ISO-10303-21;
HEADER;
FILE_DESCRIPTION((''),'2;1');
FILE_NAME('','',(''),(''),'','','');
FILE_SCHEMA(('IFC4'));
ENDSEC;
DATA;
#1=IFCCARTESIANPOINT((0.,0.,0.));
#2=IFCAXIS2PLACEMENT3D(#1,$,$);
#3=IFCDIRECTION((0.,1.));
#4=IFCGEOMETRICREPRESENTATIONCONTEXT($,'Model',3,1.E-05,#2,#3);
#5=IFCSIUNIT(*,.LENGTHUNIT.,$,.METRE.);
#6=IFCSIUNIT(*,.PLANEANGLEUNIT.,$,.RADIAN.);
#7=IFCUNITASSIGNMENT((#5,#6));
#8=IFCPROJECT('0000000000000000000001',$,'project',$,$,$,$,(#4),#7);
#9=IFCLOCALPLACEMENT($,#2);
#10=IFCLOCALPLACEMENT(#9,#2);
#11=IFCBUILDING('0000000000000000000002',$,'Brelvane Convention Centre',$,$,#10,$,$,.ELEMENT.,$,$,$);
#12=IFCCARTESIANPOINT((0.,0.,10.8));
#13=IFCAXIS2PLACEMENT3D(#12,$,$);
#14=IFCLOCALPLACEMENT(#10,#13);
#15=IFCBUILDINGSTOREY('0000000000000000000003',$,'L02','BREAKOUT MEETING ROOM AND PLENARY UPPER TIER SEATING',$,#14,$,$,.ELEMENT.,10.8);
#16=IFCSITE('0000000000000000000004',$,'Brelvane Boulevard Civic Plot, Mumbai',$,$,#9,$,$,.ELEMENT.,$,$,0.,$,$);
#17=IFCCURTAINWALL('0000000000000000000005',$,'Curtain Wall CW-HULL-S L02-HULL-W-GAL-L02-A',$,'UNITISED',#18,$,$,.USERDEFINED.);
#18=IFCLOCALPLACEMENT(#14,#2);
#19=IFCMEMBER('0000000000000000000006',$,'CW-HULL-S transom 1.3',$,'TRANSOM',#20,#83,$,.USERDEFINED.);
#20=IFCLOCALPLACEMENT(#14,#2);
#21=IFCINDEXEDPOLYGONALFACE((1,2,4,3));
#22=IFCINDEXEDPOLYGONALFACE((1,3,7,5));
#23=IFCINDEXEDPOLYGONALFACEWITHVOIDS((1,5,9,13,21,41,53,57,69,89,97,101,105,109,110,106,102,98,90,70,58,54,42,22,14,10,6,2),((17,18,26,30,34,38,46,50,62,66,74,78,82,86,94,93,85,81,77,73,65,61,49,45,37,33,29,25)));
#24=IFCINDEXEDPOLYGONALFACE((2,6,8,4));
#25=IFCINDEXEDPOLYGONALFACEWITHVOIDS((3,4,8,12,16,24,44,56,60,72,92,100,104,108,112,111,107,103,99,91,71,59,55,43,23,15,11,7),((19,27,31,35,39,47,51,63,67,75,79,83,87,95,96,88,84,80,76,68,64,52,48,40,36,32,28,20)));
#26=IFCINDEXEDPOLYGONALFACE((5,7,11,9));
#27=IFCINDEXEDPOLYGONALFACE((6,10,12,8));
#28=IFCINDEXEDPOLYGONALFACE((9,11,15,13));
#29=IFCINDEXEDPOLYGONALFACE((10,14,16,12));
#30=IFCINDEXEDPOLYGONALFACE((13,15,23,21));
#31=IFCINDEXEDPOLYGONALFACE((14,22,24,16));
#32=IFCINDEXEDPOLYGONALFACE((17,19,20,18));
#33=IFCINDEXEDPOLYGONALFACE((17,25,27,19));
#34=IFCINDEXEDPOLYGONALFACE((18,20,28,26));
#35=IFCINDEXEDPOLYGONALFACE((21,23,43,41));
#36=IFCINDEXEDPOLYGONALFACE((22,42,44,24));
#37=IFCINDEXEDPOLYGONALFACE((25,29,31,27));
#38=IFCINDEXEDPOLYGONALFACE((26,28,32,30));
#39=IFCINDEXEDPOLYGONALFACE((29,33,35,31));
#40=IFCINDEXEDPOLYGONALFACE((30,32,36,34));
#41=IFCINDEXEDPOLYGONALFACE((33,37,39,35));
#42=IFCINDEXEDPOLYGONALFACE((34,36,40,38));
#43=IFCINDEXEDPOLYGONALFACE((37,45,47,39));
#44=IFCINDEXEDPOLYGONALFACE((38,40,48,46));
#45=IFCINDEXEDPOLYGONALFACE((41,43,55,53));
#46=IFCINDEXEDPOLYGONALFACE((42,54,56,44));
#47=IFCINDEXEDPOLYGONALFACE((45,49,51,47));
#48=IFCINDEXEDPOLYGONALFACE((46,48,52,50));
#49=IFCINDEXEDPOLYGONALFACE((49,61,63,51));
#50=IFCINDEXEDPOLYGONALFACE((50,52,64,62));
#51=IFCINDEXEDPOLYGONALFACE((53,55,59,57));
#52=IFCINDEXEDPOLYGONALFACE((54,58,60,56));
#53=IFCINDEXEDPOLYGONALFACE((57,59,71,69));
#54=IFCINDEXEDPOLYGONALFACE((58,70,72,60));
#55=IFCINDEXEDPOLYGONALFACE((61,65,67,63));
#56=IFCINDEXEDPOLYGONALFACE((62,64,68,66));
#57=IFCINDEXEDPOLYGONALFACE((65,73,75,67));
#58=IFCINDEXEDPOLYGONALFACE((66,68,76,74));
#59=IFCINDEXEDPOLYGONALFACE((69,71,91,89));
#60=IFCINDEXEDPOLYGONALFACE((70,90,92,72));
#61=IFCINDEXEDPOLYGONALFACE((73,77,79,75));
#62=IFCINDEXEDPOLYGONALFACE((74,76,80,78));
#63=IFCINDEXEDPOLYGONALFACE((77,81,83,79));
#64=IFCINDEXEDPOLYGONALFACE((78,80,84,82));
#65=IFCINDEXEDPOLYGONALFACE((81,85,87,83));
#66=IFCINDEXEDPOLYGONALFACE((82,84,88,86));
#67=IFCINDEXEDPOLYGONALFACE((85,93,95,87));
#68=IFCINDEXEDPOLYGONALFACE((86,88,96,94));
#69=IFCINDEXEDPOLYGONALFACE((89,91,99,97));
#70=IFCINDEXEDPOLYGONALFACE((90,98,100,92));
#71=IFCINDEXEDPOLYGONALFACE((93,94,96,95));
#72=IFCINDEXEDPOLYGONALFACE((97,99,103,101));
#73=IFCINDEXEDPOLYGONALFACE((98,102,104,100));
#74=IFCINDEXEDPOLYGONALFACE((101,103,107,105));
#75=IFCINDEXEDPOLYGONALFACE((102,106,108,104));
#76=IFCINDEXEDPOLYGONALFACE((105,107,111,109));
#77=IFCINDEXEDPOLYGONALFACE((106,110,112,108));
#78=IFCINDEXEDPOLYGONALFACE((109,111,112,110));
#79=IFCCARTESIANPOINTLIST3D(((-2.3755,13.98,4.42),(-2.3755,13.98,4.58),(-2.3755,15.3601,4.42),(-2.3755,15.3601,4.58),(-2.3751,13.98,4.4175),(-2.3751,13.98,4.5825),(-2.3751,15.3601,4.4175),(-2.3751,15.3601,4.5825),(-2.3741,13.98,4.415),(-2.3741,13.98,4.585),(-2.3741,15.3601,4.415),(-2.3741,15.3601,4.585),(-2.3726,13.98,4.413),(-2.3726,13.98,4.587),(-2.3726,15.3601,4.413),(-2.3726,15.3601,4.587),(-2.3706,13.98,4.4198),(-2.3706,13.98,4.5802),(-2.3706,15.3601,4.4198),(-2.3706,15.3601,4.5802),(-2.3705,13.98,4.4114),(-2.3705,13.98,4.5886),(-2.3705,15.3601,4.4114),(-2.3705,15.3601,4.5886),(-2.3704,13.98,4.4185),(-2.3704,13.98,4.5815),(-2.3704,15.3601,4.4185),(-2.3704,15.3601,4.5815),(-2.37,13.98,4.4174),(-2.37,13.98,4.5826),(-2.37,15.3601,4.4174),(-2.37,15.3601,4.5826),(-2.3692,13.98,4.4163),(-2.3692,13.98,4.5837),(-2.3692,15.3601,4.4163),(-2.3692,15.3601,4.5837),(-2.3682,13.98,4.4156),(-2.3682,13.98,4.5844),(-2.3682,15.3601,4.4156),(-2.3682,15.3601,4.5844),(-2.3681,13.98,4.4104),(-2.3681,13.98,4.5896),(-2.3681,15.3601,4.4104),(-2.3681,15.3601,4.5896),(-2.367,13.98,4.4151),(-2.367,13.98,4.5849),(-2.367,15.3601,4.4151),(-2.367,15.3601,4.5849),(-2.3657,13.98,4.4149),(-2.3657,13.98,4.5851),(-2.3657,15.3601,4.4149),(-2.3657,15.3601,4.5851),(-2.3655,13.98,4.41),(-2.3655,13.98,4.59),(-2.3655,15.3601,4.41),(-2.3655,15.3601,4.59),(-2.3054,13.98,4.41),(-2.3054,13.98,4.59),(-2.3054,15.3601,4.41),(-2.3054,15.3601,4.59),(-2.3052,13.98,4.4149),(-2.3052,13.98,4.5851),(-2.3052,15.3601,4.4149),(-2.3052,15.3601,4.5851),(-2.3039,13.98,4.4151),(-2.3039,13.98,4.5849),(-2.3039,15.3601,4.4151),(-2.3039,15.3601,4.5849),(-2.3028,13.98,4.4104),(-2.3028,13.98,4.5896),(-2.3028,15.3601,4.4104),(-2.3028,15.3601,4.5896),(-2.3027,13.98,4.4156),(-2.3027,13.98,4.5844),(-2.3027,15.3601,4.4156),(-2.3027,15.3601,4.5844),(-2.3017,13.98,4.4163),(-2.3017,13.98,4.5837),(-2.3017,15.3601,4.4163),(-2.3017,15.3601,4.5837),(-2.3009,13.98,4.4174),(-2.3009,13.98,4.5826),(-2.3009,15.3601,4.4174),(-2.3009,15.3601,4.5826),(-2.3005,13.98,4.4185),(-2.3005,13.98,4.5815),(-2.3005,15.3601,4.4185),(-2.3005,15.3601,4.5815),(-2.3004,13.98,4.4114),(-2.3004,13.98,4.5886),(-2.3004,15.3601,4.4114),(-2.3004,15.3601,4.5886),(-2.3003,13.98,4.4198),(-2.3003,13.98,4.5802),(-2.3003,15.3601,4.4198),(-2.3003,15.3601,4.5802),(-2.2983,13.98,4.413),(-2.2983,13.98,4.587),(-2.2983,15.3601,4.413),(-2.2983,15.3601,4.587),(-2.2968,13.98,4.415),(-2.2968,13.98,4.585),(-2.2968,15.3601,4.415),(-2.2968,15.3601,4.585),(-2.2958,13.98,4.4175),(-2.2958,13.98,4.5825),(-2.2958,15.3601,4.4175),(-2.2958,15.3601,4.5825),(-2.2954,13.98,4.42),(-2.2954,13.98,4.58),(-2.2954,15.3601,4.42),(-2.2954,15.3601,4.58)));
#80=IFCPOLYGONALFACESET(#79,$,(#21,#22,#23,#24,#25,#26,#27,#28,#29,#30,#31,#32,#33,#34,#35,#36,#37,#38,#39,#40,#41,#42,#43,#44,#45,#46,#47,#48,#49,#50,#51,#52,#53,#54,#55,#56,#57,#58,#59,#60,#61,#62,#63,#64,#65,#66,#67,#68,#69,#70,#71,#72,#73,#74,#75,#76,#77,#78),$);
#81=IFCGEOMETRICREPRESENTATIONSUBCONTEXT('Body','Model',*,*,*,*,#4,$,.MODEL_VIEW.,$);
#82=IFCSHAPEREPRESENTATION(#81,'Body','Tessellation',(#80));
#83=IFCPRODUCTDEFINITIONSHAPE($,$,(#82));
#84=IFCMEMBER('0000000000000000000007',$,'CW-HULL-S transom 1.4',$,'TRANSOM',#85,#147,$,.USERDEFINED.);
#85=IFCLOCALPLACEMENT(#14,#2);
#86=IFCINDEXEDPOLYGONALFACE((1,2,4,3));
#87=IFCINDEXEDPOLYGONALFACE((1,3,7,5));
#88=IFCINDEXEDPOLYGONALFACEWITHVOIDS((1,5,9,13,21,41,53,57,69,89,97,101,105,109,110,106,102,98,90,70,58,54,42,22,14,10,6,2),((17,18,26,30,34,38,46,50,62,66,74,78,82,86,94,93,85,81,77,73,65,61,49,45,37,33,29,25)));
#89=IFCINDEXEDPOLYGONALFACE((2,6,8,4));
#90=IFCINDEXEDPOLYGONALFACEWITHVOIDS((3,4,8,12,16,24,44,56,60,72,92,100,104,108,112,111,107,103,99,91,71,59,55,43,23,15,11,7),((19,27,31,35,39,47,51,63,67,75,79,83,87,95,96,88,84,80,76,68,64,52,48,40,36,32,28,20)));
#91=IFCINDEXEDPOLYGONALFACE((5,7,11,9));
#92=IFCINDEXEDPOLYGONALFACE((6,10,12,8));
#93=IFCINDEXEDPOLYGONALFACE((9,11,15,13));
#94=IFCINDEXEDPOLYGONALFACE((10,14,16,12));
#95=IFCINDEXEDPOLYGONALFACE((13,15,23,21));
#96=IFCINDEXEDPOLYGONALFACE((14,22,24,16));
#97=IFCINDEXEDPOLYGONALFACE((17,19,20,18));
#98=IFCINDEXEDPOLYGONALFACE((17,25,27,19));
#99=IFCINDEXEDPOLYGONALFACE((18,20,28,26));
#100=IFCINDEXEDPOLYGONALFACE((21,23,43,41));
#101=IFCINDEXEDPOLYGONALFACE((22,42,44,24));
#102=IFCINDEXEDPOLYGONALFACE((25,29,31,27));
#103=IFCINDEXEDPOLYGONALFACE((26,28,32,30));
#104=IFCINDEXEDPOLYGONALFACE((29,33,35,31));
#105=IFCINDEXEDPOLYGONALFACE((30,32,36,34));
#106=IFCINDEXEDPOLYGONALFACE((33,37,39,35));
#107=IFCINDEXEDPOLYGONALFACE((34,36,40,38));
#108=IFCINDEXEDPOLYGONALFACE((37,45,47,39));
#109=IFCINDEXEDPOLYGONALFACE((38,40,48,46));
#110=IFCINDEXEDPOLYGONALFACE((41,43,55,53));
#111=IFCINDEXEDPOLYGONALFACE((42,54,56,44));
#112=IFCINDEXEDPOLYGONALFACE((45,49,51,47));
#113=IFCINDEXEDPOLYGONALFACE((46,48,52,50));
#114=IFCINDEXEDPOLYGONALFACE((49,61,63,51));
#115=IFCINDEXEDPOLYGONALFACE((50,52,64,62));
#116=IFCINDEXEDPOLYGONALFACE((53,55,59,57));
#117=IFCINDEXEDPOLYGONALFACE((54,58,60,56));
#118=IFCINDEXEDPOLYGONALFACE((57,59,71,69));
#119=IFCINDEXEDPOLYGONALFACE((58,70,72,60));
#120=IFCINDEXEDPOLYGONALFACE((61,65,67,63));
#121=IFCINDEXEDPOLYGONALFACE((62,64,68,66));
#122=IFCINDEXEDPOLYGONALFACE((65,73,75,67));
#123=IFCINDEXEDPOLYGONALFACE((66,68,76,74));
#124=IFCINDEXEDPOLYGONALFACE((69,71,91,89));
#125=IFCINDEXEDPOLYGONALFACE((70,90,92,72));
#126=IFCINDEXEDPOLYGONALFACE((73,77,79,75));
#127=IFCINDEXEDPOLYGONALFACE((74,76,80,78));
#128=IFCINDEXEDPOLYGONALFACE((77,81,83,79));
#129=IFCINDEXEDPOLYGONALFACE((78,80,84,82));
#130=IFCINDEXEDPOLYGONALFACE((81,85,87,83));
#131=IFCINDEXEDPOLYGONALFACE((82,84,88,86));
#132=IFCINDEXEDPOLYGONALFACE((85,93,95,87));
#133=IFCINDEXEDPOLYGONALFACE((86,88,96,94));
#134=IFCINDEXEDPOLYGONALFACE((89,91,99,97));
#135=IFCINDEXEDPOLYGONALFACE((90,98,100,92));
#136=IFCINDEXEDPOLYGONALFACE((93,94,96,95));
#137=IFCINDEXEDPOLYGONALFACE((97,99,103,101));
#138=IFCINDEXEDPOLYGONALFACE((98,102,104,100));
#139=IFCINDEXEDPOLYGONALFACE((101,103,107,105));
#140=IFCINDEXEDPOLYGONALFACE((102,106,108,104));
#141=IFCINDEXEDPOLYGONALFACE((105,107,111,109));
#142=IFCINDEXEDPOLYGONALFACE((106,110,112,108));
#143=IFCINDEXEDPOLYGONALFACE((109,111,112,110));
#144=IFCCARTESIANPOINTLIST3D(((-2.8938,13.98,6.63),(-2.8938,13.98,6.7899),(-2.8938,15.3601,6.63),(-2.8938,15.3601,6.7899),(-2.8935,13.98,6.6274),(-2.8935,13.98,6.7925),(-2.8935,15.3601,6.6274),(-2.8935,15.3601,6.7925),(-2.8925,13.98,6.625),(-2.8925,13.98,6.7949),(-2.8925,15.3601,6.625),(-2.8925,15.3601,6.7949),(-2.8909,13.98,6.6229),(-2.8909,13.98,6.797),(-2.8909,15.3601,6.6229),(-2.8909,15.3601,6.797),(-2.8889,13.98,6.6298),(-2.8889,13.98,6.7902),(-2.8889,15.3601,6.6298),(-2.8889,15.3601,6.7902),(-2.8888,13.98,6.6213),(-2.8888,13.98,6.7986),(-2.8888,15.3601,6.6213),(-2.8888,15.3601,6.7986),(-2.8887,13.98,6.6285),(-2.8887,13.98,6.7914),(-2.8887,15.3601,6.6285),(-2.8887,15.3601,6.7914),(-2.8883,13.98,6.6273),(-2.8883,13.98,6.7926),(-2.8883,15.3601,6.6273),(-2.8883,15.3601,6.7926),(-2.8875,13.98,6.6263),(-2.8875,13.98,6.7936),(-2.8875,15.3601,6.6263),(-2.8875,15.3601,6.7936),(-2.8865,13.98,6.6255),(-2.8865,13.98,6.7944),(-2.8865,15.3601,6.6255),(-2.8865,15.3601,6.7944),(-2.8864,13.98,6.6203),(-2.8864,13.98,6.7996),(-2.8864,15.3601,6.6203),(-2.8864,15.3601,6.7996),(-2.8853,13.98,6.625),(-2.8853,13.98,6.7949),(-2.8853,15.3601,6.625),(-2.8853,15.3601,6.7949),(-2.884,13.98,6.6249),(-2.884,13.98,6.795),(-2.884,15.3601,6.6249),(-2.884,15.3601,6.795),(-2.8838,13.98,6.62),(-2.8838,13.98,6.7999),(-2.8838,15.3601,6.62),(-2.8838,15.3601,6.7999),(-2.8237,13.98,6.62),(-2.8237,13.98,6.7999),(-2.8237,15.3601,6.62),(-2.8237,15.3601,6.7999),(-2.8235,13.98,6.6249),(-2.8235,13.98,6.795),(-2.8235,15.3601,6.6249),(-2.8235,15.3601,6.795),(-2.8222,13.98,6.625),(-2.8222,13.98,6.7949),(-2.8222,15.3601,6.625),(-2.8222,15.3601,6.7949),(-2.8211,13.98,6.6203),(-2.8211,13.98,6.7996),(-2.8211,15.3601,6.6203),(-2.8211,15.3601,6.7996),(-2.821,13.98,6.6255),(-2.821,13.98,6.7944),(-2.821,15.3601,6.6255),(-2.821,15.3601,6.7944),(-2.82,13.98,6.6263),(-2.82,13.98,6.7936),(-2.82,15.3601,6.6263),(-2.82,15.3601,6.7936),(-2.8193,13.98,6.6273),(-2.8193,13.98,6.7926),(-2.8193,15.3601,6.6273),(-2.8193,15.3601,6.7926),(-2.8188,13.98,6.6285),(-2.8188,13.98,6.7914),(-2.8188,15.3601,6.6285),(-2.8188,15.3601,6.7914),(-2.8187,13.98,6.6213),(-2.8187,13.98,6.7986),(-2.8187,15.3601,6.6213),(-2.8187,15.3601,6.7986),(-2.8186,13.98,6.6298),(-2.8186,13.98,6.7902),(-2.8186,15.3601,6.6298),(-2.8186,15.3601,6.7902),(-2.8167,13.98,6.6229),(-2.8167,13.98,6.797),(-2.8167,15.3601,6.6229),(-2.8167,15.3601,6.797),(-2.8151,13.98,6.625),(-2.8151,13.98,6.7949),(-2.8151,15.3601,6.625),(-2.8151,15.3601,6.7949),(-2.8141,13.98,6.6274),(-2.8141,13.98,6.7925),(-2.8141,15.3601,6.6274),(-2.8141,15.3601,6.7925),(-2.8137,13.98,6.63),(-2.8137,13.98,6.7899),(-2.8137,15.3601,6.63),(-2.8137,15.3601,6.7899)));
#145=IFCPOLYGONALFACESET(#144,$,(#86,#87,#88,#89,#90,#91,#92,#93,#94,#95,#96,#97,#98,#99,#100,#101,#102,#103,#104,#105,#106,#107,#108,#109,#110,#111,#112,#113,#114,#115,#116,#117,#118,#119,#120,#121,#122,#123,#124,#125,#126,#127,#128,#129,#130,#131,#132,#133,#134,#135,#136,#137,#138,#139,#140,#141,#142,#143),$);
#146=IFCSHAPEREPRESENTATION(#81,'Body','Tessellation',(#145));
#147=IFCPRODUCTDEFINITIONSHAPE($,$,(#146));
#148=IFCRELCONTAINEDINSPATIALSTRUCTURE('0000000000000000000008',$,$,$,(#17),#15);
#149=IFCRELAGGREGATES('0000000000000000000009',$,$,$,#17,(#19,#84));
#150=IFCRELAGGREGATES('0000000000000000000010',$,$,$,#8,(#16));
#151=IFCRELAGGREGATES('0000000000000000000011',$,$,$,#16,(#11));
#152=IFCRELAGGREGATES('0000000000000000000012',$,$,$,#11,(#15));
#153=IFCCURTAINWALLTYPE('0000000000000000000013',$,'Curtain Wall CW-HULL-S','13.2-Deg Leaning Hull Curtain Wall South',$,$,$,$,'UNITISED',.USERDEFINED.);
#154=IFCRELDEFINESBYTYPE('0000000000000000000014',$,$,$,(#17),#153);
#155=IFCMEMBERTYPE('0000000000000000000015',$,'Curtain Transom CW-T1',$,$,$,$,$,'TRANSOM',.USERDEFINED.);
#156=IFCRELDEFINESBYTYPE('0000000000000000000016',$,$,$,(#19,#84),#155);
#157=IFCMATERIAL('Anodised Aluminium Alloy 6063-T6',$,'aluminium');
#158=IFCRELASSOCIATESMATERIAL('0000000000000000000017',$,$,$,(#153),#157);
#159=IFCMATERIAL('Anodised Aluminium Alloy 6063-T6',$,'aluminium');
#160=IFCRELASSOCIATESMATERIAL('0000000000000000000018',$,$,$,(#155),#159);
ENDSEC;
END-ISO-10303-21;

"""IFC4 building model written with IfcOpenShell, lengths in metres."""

from ifc_helpers import new_model, si_unit, direction, frame, origin, origin_2d, place, context, subcontext, project, spatial, hollow_rectangle, extrude, material, material_profile, profile_set, type_object, element, aggregate, save


model = new_model("IFC4")

# Units and contexts
model_context = context("Model", 3, precision=1e-05, world=origin(), true_north=direction((0.0, 1.0)))
body_context = subcontext(model_context, "Body", "Model", "MODEL_VIEW")
ifc_project = project(units=[si_unit("LENGTHUNIT", "METRE"), si_unit("PLANEANGLEUNIT", "RADIAN")], contexts=[model_context])

# Site, building, storey
site_placement = place(None, origin())
site = spatial("IfcSite", under=ifc_project, at=site_placement, Name="Brelvane Boulevard Civic Plot, Mumbai", CompositionType="ELEMENT", RefElevation=0.0)
building_placement = place(site_placement, origin())
building = spatial("IfcBuilding", under=site, at=building_placement, Name="Brelvane Convention Centre", CompositionType="ELEMENT")
storey_placement = place(building_placement, frame((0.0, 0.0, 10.8)))
storey = spatial("IfcBuildingStorey", under=building, at=storey_placement, Name="L02", Description="BREAKOUT MEETING ROOM AND PLENARY UPPER TIER SEATING", CompositionType="ELEMENT", Elevation=10.8)

# Curtain wall, members
ifc_material_1 = material(Name="Anodised Aluminium Alloy 6063-T6", Category="aluminium")
curtain_wall_type = type_object("IfcCurtainWallType", Name="Curtain Wall CW-HULL-S", Description="13.2-Deg Leaning Hull Curtain Wall South", ElementType="UNITISED", PredefinedType="USERDEFINED", material=ifc_material_1)
curtain_wall_1_placement = place(storey_placement, origin())
curtain_wall_1 = element("IfcCurtainWall", 1, at=curtain_wall_1_placement, inside=storey, type_object=curtain_wall_type, Name="Curtain Wall CW-HULL-S L02-HULL-W-GAL-L02-A", ObjectType="UNITISED", PredefinedType="USERDEFINED")
ifc_material_2 = material(Name="Anodised Aluminium Alloy 6063-T6", Category="aluminium")
ifc_material_profile_1 = material_profile(ifc_material_2, hollow_rectangle(XDim=0.0801, YDim=0.1799, WallThickness=0.0049, InnerFilletRadius=0.0049, OuterFilletRadius=0.01, at=origin_2d()), Name="ALU-T 180x80x5.0")
ifc_profile_set_1 = profile_set([ifc_material_profile_1], Name="Anodised Aluminium Alloy 6063-T6")
member_type_1 = type_object("IfcMemberType", Name="Curtain Transom CW-T1", ElementType="TRANSOM", PredefinedType="USERDEFINED", material=ifc_profile_set_1)
member_1_placement = place(storey_placement, frame((-2.3354, 13.98, 4.5), z_axis=(0.0, 1.0, 0.0), x_axis=(-1.0, 0.0, 0.0)))
member_1 = element("IfcMember", 2, at=member_1_placement, type_object=member_type_1, Name="CW-HULL-S transom 1.3", ObjectType="TRANSOM", PredefinedType="USERDEFINED", context=body_context, shape_type="SweptSolid", body=[
    extrude(hollow_rectangle(XDim=0.0801, YDim=0.1799, WallThickness=0.0049, InnerFilletRadius=0.0049, OuterFilletRadius=0.01, at=origin_2d()), origin(), (0.0, 0.0, 1.0), 1.3801),
])
member_2_placement = place(storey_placement, frame((-2.8538, 13.98, 6.71), z_axis=(0.0, 1.0, 0.0), x_axis=(-1.0, 0.0, 0.0)))
member_2 = element("IfcMember", 3, at=member_2_placement, type_object=member_type_1, Name="CW-HULL-S transom 1.4", ObjectType="TRANSOM", PredefinedType="USERDEFINED", context=body_context, shape_type="SweptSolid", body=[
    extrude(hollow_rectangle(XDim=0.0801, YDim=0.1799, WallThickness=0.0049, InnerFilletRadius=0.0049, OuterFilletRadius=0.01, at=origin_2d()), origin(), (0.0, 0.0, 1.0), 1.3801),
])

aggregate(curtain_wall_1, [member_1, member_2])

save(model, "model.ifc")
